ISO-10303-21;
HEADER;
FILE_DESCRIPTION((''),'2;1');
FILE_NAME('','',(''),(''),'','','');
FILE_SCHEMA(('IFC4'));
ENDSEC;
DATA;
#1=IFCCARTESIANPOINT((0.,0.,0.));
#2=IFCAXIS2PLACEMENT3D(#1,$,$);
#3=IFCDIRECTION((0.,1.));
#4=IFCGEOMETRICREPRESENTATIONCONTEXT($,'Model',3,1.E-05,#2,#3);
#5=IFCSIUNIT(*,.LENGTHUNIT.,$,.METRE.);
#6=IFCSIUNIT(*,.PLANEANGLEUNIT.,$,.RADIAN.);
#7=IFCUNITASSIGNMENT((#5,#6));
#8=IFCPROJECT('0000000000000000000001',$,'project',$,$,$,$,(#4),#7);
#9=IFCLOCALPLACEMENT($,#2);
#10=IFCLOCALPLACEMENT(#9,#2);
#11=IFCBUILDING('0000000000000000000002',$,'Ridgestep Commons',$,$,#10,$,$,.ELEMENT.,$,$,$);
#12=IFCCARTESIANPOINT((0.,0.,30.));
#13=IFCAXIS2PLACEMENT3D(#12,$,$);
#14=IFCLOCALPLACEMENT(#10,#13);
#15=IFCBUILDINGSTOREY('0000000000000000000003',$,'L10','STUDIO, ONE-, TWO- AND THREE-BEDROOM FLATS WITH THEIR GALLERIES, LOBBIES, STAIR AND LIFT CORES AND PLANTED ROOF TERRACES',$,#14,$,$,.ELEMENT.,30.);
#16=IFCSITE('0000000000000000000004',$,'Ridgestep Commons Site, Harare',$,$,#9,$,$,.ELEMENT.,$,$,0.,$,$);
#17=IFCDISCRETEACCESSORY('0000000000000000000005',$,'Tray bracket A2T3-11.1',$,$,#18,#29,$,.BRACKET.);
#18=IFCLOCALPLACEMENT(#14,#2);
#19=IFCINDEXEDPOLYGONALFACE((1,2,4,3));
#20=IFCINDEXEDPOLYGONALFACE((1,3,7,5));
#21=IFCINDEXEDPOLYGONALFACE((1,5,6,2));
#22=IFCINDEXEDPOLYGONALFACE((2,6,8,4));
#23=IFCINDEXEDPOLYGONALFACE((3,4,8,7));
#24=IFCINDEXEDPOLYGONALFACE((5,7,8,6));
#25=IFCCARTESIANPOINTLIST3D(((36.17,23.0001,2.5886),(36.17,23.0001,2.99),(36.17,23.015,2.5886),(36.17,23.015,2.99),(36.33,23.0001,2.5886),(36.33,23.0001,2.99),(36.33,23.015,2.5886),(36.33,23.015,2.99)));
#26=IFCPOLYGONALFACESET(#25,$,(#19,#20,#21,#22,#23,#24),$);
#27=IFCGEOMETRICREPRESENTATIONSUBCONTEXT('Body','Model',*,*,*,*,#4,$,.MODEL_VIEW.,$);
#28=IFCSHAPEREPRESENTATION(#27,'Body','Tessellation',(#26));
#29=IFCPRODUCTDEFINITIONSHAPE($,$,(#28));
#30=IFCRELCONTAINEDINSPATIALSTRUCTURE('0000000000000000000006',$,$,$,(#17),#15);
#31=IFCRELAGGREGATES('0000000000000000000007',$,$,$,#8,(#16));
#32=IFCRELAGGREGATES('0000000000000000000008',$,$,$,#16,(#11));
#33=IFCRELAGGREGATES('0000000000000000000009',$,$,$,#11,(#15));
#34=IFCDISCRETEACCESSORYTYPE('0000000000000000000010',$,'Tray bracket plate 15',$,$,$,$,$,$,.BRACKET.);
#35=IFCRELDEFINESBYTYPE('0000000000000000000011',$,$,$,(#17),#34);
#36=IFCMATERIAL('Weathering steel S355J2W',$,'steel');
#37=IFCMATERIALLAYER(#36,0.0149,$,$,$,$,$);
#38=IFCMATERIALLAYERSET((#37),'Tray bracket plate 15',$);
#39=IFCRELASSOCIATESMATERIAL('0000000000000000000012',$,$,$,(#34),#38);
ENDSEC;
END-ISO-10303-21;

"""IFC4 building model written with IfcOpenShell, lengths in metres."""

from ifc_helpers import new_model, si_unit, direction, frame, origin, origin_2d, place, context, subcontext, project, spatial, rectangle, extrude, material, layer, layer_set, type_object, element, save


model = new_model("IFC4")

# Units and contexts
model_context = context("Model", 3, precision=1e-05, world=origin(), true_north=direction((0.0, 1.0)))
body_context = subcontext(model_context, "Body", "Model", "MODEL_VIEW")
ifc_project = project(units=[si_unit("LENGTHUNIT", "METRE"), si_unit("PLANEANGLEUNIT", "RADIAN")], contexts=[model_context])

# Site, building, storey
site_placement = place(None, origin())
site = spatial("IfcSite", under=ifc_project, at=site_placement, Name="Ridgestep Commons Site, Harare", CompositionType="ELEMENT", RefElevation=0.0)
building_placement = place(site_placement, origin())
building = spatial("IfcBuilding", under=site, at=building_placement, Name="Ridgestep Commons", CompositionType="ELEMENT")
storey_placement = place(building_placement, frame((0.0, 0.0, 30.0)))
storey = spatial("IfcBuildingStorey", under=building, at=storey_placement, Name="L10", Description="STUDIO, ONE-, TWO- AND THREE-BEDROOM FLATS WITH THEIR GALLERIES, LOBBIES, STAIR AND LIFT CORES AND PLANTED ROOF TERRACES", CompositionType="ELEMENT", Elevation=30.0)

# Discrete accessory
ifc_material_1 = material(Name="Weathering steel S355J2W", Category="steel")
ifc_layer_1 = layer(ifc_material_1, 0.0149)
ifc_layer_set_1 = layer_set([ifc_layer_1], Name="Tray bracket plate 15")
discrete_accessory_type = type_object("IfcDiscreteAccessoryType", Name="Tray bracket plate 15", PredefinedType="BRACKET", material=ifc_layer_set_1)
discrete_accessory_placement = place(storey_placement, frame((36.25, 23.0076, 2.5886), z_axis=(0.0, 0.0, 1.0), x_axis=(1.0, 0.0, 0.0)))
element("IfcDiscreteAccessory", 1, at=discrete_accessory_placement, inside=storey, type_object=discrete_accessory_type, Name="Tray bracket A2T3-11.1", PredefinedType="BRACKET", context=body_context, shape_type="SweptSolid", body=[
    extrude(rectangle(XDim=0.1599, YDim=0.0149, at=origin_2d()), origin(), (0.0, 0.0, 1.0), 0.4014),
])

save(model, "model.ifc")
